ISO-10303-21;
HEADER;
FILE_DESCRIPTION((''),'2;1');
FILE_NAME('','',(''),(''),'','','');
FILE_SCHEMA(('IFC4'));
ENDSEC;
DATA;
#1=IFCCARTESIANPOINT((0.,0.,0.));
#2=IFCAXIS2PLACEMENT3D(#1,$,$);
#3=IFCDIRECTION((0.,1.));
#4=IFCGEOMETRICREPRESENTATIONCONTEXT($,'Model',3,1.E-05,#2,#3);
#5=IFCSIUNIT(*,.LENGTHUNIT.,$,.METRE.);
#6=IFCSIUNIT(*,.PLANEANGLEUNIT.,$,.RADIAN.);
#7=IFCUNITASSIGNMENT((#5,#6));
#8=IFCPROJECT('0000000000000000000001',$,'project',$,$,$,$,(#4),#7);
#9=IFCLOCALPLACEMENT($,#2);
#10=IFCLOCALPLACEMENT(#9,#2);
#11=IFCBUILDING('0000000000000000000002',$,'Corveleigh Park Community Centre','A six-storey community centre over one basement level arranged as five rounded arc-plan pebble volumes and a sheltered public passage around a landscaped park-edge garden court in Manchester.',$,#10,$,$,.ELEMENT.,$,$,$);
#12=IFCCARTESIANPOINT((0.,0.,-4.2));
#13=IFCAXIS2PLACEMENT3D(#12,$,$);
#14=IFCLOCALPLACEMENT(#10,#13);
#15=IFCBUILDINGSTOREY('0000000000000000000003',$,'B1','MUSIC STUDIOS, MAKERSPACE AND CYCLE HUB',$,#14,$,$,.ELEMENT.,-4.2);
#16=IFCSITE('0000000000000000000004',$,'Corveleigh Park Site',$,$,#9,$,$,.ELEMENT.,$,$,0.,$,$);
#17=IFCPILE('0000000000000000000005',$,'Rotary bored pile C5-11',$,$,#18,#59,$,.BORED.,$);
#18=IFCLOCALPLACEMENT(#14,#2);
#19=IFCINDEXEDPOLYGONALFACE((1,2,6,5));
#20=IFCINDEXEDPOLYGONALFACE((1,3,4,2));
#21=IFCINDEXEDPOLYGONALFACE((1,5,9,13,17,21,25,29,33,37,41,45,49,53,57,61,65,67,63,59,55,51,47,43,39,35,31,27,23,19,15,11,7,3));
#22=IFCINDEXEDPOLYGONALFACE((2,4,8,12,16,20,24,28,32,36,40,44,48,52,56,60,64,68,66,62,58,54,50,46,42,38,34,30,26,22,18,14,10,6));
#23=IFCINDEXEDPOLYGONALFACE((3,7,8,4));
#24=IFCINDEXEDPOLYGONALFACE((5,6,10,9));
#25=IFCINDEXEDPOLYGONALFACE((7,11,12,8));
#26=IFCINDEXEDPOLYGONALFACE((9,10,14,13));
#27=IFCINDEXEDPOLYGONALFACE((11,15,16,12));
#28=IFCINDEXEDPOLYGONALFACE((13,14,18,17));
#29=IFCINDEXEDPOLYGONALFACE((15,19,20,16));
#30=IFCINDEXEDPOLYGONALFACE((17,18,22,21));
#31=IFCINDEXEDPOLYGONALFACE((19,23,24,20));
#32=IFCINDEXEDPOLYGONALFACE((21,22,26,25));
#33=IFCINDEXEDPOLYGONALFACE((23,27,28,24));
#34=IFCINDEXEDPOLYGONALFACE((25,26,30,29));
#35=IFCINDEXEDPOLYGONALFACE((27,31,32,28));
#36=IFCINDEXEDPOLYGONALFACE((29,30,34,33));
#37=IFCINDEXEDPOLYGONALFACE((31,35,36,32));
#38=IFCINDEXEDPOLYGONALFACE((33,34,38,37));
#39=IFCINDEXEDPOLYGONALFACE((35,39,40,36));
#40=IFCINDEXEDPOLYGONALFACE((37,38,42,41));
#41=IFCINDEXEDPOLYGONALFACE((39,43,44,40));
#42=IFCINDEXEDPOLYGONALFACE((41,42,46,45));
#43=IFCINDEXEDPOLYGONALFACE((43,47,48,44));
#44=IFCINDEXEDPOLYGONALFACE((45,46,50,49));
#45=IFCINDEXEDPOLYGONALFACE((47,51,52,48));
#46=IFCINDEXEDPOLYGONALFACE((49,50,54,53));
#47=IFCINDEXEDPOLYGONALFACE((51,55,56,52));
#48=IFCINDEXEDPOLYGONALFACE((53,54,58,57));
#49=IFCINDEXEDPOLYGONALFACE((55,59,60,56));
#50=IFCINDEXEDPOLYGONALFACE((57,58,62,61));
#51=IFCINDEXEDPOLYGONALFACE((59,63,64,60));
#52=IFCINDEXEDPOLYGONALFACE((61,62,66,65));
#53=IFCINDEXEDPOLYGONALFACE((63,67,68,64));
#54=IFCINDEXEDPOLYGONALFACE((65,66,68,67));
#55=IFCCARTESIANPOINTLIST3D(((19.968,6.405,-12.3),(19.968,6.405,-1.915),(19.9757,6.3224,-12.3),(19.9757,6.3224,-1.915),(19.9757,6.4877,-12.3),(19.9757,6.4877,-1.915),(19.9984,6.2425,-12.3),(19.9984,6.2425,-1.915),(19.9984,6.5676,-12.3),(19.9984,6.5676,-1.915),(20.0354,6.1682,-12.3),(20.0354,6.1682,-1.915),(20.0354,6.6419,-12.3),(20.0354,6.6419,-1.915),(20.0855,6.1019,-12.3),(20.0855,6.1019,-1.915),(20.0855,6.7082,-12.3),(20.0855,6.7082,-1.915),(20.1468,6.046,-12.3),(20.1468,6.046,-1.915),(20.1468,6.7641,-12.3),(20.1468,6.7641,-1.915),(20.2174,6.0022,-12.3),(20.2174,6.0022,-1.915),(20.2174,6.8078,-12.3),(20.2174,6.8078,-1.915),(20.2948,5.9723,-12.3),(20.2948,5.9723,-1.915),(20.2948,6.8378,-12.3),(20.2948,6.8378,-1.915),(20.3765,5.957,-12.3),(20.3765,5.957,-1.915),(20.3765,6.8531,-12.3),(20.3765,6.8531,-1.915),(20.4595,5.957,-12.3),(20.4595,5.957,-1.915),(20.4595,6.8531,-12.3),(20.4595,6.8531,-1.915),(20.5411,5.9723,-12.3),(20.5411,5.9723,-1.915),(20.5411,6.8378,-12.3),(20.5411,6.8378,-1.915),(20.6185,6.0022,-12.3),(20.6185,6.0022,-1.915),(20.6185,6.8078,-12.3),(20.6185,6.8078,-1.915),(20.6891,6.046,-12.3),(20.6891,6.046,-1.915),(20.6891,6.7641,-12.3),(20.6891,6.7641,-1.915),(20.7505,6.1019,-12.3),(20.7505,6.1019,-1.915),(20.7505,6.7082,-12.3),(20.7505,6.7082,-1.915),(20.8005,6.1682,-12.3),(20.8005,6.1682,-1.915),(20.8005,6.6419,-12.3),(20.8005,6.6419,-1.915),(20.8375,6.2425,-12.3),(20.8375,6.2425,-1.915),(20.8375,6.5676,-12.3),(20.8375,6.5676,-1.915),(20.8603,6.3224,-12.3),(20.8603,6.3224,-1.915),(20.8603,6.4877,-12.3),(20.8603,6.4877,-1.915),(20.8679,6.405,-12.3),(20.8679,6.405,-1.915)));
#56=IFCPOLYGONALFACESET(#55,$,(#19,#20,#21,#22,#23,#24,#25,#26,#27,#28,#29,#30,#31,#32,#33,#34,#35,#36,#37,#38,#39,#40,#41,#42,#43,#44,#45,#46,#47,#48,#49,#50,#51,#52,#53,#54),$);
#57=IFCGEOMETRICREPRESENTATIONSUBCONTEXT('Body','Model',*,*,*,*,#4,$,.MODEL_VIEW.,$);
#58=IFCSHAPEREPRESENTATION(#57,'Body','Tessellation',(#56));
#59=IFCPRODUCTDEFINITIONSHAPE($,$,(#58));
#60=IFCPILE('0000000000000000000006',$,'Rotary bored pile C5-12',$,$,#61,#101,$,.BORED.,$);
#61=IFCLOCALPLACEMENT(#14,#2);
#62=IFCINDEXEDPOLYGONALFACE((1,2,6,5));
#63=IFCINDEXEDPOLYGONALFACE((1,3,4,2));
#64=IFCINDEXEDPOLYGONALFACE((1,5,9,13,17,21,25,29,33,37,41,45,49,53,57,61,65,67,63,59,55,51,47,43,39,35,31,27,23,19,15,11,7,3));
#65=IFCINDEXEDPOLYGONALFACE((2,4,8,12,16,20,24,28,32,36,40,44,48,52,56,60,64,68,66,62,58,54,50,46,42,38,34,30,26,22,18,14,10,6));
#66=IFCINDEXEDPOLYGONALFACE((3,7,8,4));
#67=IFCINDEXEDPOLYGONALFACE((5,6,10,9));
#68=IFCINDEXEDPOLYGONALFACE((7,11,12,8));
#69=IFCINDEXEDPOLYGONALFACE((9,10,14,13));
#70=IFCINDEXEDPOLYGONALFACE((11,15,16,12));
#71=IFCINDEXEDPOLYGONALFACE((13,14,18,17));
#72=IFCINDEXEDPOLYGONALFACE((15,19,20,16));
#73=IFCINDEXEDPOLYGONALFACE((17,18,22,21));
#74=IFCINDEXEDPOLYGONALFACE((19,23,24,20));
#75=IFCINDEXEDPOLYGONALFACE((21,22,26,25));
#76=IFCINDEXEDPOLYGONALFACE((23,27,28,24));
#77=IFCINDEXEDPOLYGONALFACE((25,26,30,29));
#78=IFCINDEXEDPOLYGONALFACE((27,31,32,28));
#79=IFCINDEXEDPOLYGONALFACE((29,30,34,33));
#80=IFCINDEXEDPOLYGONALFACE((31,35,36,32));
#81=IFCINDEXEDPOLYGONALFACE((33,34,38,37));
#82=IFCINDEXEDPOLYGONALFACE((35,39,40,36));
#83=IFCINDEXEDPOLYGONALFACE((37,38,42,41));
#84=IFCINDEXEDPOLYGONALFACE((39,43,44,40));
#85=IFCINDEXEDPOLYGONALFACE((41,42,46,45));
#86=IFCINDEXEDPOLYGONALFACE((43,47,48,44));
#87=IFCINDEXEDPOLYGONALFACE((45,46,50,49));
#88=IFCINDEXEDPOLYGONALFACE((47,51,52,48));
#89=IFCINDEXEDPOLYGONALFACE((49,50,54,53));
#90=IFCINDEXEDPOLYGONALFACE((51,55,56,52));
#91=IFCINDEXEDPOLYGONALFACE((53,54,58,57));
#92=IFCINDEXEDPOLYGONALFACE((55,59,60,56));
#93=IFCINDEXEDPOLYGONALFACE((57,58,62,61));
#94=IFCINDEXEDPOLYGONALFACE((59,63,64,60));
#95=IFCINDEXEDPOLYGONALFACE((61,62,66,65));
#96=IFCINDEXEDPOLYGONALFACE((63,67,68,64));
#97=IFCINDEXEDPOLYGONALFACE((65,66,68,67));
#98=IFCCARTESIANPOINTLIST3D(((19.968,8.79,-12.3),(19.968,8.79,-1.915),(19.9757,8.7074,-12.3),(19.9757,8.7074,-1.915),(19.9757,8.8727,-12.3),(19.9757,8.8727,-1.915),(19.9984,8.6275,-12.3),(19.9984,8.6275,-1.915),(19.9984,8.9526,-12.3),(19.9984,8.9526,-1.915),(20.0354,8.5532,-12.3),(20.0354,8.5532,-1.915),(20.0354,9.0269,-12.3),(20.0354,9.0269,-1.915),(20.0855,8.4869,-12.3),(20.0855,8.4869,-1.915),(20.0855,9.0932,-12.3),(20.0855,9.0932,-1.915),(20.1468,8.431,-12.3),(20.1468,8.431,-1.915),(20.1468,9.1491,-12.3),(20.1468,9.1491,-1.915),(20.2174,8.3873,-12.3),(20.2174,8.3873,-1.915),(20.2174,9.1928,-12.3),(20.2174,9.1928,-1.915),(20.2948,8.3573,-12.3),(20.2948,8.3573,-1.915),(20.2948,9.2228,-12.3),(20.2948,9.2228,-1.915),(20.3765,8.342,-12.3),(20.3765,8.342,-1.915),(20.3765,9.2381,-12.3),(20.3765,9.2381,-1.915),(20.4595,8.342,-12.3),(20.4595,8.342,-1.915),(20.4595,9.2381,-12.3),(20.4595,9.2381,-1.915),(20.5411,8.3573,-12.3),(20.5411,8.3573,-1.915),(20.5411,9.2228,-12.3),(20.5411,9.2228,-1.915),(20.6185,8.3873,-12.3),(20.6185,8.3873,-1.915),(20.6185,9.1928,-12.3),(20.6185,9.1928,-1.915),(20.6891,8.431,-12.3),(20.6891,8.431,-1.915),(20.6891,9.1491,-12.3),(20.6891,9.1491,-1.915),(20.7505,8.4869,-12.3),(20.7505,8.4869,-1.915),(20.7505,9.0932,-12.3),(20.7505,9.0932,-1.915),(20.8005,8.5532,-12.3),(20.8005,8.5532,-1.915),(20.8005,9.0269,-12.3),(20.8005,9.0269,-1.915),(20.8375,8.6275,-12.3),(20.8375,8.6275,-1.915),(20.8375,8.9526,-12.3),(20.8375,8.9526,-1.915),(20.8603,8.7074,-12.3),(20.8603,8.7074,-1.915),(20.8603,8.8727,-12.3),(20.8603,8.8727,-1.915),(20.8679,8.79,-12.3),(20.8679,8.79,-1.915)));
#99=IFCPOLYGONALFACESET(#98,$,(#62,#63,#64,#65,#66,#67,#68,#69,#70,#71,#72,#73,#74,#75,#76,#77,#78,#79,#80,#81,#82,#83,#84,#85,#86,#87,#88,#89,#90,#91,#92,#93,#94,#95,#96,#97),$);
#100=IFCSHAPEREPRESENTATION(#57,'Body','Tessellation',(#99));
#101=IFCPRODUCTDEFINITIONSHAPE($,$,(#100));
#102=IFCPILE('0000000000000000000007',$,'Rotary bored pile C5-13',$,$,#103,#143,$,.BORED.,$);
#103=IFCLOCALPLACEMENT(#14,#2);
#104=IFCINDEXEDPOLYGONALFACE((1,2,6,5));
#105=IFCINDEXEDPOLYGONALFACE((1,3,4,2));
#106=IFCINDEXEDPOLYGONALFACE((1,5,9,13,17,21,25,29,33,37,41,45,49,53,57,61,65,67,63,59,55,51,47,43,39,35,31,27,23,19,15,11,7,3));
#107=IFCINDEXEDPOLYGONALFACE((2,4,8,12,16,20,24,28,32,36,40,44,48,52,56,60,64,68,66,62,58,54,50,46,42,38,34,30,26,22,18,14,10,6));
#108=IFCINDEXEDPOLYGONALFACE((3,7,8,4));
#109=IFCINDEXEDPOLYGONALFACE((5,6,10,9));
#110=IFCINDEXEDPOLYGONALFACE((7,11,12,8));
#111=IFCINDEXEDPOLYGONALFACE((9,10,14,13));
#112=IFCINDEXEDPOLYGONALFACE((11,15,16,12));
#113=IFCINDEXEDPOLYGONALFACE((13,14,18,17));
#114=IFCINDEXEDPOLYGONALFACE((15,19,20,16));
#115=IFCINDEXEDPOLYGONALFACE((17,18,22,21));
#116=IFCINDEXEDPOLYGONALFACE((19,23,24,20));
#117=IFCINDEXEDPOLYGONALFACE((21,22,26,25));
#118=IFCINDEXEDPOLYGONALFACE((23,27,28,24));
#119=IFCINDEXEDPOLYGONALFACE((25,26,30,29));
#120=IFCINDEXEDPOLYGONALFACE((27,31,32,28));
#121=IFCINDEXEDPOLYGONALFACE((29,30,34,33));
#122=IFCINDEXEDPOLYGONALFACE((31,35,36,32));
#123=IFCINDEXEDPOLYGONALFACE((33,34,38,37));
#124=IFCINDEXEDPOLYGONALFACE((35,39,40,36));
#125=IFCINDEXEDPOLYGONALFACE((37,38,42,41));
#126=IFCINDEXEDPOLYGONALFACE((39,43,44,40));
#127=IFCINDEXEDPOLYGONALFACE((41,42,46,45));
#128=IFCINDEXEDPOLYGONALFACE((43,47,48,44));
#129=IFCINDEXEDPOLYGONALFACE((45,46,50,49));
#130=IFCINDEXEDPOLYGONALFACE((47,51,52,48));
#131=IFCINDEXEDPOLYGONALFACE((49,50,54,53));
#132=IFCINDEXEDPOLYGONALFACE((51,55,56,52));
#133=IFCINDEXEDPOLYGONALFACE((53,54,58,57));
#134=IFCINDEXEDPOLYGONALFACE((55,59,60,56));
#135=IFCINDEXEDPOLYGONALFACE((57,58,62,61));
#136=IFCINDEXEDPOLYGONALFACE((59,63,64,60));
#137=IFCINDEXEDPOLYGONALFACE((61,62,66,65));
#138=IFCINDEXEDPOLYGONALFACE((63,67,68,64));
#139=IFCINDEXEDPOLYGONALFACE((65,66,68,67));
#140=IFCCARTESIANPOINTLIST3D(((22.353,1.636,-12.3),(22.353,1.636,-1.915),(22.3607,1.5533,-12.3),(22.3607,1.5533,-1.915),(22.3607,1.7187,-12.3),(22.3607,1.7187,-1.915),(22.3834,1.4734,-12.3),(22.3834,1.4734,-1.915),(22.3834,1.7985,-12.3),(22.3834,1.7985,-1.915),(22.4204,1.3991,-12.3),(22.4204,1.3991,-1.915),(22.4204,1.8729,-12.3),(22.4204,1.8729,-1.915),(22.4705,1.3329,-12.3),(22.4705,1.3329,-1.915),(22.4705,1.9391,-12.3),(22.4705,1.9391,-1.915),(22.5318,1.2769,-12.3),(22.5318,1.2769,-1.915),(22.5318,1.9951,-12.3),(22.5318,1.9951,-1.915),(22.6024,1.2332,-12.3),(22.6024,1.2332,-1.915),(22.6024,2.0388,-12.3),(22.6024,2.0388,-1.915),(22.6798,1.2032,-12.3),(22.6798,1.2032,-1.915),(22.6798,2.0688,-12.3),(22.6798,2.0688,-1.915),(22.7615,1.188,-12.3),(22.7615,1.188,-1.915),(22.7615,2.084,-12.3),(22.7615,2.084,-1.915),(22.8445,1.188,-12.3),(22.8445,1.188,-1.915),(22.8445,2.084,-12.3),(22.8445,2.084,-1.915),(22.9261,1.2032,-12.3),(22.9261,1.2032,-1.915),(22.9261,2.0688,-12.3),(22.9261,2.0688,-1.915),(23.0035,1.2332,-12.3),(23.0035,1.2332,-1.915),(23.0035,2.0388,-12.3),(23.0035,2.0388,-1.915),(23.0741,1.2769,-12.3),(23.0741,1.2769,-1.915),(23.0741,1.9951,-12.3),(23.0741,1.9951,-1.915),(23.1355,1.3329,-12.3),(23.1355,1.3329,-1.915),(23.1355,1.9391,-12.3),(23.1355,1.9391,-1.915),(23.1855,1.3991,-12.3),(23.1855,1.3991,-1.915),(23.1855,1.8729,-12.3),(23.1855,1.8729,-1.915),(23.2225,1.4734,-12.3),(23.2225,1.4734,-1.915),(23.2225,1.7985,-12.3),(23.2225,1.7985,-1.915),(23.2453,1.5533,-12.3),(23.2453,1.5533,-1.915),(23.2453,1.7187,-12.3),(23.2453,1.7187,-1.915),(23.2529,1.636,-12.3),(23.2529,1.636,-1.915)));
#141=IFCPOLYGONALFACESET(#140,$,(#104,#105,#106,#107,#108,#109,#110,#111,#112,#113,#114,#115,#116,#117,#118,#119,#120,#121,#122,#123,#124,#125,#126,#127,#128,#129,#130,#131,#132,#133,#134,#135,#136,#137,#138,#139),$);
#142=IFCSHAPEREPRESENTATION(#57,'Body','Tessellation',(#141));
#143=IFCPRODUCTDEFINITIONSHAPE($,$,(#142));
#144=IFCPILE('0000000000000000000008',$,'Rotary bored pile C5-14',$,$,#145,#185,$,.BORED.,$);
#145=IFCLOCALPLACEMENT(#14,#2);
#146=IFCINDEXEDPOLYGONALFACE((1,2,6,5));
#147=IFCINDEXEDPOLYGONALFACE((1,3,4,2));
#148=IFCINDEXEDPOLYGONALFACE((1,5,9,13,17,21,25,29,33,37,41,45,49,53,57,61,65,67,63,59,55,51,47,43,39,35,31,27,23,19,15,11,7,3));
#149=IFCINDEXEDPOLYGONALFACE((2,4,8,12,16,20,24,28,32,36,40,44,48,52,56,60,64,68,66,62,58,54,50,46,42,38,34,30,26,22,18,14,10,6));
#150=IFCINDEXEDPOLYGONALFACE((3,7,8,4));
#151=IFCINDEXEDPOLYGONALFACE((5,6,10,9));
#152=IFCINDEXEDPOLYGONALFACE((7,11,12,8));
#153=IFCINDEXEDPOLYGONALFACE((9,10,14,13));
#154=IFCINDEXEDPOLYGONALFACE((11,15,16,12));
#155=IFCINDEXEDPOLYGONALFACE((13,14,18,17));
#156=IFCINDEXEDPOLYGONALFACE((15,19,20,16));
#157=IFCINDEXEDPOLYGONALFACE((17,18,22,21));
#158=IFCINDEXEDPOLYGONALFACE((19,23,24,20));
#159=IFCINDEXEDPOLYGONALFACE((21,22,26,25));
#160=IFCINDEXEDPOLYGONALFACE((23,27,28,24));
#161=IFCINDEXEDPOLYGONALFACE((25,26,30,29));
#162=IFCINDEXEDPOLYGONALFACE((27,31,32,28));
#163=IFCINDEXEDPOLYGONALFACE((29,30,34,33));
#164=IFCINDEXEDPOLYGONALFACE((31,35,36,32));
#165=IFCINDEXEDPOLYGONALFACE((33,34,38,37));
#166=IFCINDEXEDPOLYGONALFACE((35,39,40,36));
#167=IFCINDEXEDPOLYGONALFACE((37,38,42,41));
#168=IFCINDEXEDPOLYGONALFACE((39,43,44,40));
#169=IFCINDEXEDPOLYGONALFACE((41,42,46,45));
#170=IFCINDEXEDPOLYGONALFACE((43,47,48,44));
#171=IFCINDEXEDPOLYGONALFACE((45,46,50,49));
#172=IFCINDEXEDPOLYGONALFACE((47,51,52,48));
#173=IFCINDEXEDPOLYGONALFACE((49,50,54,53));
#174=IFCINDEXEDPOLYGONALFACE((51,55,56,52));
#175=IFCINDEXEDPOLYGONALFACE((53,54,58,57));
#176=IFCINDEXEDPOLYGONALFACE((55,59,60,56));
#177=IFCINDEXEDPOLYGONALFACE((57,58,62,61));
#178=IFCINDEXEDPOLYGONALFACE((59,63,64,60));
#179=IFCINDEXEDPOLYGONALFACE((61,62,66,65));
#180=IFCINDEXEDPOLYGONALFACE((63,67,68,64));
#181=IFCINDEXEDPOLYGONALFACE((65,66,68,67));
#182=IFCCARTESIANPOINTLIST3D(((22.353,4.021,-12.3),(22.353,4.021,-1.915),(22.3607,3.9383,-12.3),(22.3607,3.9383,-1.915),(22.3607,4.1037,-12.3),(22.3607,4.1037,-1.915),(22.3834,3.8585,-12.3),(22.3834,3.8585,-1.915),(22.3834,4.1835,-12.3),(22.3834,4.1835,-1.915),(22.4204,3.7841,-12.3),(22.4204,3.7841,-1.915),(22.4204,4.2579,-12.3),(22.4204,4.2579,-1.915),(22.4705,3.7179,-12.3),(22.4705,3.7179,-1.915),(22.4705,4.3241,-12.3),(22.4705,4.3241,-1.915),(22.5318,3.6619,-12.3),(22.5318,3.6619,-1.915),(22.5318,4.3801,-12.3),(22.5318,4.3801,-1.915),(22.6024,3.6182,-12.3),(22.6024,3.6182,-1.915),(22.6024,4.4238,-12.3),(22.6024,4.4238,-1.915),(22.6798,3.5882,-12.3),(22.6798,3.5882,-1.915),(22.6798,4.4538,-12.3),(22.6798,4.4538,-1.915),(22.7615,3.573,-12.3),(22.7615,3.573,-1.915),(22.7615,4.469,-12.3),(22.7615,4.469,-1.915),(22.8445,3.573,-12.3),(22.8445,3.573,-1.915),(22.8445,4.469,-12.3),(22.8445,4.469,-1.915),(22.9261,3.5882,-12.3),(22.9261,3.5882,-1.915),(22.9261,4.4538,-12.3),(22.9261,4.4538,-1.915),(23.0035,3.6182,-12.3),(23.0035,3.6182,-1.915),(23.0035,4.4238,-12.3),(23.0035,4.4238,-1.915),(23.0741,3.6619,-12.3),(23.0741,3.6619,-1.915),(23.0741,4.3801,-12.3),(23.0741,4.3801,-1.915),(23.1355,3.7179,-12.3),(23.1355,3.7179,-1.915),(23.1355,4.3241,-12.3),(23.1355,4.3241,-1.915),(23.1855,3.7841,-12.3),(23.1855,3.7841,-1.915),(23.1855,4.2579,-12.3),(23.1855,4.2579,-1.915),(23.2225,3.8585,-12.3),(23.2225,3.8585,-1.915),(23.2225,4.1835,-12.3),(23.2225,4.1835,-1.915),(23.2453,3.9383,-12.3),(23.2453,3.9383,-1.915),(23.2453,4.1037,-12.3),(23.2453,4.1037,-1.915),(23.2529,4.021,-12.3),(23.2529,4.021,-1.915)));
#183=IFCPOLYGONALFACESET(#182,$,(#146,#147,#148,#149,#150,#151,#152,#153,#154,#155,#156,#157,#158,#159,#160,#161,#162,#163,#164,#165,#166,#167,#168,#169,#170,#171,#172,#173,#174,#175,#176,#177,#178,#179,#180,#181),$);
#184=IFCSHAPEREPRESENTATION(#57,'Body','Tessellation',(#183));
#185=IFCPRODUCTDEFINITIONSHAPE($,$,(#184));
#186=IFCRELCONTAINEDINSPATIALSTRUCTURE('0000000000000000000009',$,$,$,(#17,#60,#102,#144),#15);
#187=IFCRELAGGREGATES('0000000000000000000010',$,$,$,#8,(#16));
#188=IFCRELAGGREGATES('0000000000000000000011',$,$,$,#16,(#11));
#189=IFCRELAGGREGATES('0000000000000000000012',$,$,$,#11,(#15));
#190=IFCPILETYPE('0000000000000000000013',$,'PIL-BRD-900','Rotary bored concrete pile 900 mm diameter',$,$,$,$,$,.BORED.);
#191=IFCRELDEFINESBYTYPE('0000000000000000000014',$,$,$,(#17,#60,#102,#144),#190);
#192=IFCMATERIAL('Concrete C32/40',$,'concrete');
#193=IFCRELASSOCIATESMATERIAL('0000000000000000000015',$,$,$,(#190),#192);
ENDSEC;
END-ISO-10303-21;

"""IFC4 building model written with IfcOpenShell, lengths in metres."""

from ifc_helpers import new_model, si_unit, direction, frame, origin, origin_2d, place, context, subcontext, project, spatial, circle, extrude, material, material_profile, profile_set, type_object, element, save


model = new_model("IFC4")

# Units and contexts
model_context = context("Model", 3, precision=1e-05, world=origin(), true_north=direction((0.0, 1.0)))
body_context = subcontext(model_context, "Body", "Model", "MODEL_VIEW")
ifc_project = project(units=[si_unit("LENGTHUNIT", "METRE"), si_unit("PLANEANGLEUNIT", "RADIAN")], contexts=[model_context])

# Site, building, storey
site_placement = place(None, origin())
site = spatial("IfcSite", under=ifc_project, at=site_placement, Name="Corveleigh Park Site", CompositionType="ELEMENT", RefElevation=0.0)
building_placement = place(site_placement, origin())
building = spatial("IfcBuilding", under=site, at=building_placement, Name="Corveleigh Park Community Centre", Description="A six-storey community centre over one basement level arranged as five rounded arc-plan pebble volumes and a sheltered public passage around a landscaped park-edge garden court in Manchester.", CompositionType="ELEMENT")
storey_placement = place(building_placement, frame((0.0, 0.0, -4.2)))
storey = spatial("IfcBuildingStorey", under=building, at=storey_placement, Name="B1", Description="MUSIC STUDIOS, MAKERSPACE AND CYCLE HUB", CompositionType="ELEMENT", Elevation=-4.2)

# Piles
ifc_material_1 = material(Name="Concrete C32/40", Category="concrete")
ifc_material_profile_1 = material_profile(ifc_material_1, circle(Radius=0.45, at=origin_2d()), Name="BORED-PILE-900", Category="concrete")
ifc_profile_set_1 = profile_set([ifc_material_profile_1], Name="Concrete C32/40")
pile_type_1 = type_object("IfcPileType", Name="PIL-BRD-900", Description="Rotary bored concrete pile 900 mm diameter", PredefinedType="BORED", material=ifc_profile_set_1)
for number, where, z_axis, x_axis, name in (
    (1, (20.418, 6.405, -1.915), (0.0, 0.0, -1.0), (1.0, 0.0, 0.0), "Rotary bored pile C5-11"),
    (2, (20.418, 8.79, -1.915), (0.0, 0.0, -1.0), (1.0, 0.0, 0.0), "Rotary bored pile C5-12"),
    (3, (22.803, 1.636, -1.915), (0.0, 0.0, -1.0), (1.0, 0.0, 0.0), "Rotary bored pile C5-13"),
    (4, (22.803, 4.021, -1.915), (0.0, 0.0, -1.0), (1.0, 0.0, 0.0), "Rotary bored pile C5-14"),
):
    element("IfcPile", number, at=place(storey_placement, frame(where, z_axis=z_axis, x_axis=x_axis)), inside=storey, type_object=pile_type_1, Name=name, PredefinedType="BORED", context=body_context, shape_type="SweptSolid", body=[
        extrude(circle(Radius=0.45, at=origin_2d()), origin(), (0.0, 0.0, 1.0), 10.385),
    ])

save(model, "model.ifc")
